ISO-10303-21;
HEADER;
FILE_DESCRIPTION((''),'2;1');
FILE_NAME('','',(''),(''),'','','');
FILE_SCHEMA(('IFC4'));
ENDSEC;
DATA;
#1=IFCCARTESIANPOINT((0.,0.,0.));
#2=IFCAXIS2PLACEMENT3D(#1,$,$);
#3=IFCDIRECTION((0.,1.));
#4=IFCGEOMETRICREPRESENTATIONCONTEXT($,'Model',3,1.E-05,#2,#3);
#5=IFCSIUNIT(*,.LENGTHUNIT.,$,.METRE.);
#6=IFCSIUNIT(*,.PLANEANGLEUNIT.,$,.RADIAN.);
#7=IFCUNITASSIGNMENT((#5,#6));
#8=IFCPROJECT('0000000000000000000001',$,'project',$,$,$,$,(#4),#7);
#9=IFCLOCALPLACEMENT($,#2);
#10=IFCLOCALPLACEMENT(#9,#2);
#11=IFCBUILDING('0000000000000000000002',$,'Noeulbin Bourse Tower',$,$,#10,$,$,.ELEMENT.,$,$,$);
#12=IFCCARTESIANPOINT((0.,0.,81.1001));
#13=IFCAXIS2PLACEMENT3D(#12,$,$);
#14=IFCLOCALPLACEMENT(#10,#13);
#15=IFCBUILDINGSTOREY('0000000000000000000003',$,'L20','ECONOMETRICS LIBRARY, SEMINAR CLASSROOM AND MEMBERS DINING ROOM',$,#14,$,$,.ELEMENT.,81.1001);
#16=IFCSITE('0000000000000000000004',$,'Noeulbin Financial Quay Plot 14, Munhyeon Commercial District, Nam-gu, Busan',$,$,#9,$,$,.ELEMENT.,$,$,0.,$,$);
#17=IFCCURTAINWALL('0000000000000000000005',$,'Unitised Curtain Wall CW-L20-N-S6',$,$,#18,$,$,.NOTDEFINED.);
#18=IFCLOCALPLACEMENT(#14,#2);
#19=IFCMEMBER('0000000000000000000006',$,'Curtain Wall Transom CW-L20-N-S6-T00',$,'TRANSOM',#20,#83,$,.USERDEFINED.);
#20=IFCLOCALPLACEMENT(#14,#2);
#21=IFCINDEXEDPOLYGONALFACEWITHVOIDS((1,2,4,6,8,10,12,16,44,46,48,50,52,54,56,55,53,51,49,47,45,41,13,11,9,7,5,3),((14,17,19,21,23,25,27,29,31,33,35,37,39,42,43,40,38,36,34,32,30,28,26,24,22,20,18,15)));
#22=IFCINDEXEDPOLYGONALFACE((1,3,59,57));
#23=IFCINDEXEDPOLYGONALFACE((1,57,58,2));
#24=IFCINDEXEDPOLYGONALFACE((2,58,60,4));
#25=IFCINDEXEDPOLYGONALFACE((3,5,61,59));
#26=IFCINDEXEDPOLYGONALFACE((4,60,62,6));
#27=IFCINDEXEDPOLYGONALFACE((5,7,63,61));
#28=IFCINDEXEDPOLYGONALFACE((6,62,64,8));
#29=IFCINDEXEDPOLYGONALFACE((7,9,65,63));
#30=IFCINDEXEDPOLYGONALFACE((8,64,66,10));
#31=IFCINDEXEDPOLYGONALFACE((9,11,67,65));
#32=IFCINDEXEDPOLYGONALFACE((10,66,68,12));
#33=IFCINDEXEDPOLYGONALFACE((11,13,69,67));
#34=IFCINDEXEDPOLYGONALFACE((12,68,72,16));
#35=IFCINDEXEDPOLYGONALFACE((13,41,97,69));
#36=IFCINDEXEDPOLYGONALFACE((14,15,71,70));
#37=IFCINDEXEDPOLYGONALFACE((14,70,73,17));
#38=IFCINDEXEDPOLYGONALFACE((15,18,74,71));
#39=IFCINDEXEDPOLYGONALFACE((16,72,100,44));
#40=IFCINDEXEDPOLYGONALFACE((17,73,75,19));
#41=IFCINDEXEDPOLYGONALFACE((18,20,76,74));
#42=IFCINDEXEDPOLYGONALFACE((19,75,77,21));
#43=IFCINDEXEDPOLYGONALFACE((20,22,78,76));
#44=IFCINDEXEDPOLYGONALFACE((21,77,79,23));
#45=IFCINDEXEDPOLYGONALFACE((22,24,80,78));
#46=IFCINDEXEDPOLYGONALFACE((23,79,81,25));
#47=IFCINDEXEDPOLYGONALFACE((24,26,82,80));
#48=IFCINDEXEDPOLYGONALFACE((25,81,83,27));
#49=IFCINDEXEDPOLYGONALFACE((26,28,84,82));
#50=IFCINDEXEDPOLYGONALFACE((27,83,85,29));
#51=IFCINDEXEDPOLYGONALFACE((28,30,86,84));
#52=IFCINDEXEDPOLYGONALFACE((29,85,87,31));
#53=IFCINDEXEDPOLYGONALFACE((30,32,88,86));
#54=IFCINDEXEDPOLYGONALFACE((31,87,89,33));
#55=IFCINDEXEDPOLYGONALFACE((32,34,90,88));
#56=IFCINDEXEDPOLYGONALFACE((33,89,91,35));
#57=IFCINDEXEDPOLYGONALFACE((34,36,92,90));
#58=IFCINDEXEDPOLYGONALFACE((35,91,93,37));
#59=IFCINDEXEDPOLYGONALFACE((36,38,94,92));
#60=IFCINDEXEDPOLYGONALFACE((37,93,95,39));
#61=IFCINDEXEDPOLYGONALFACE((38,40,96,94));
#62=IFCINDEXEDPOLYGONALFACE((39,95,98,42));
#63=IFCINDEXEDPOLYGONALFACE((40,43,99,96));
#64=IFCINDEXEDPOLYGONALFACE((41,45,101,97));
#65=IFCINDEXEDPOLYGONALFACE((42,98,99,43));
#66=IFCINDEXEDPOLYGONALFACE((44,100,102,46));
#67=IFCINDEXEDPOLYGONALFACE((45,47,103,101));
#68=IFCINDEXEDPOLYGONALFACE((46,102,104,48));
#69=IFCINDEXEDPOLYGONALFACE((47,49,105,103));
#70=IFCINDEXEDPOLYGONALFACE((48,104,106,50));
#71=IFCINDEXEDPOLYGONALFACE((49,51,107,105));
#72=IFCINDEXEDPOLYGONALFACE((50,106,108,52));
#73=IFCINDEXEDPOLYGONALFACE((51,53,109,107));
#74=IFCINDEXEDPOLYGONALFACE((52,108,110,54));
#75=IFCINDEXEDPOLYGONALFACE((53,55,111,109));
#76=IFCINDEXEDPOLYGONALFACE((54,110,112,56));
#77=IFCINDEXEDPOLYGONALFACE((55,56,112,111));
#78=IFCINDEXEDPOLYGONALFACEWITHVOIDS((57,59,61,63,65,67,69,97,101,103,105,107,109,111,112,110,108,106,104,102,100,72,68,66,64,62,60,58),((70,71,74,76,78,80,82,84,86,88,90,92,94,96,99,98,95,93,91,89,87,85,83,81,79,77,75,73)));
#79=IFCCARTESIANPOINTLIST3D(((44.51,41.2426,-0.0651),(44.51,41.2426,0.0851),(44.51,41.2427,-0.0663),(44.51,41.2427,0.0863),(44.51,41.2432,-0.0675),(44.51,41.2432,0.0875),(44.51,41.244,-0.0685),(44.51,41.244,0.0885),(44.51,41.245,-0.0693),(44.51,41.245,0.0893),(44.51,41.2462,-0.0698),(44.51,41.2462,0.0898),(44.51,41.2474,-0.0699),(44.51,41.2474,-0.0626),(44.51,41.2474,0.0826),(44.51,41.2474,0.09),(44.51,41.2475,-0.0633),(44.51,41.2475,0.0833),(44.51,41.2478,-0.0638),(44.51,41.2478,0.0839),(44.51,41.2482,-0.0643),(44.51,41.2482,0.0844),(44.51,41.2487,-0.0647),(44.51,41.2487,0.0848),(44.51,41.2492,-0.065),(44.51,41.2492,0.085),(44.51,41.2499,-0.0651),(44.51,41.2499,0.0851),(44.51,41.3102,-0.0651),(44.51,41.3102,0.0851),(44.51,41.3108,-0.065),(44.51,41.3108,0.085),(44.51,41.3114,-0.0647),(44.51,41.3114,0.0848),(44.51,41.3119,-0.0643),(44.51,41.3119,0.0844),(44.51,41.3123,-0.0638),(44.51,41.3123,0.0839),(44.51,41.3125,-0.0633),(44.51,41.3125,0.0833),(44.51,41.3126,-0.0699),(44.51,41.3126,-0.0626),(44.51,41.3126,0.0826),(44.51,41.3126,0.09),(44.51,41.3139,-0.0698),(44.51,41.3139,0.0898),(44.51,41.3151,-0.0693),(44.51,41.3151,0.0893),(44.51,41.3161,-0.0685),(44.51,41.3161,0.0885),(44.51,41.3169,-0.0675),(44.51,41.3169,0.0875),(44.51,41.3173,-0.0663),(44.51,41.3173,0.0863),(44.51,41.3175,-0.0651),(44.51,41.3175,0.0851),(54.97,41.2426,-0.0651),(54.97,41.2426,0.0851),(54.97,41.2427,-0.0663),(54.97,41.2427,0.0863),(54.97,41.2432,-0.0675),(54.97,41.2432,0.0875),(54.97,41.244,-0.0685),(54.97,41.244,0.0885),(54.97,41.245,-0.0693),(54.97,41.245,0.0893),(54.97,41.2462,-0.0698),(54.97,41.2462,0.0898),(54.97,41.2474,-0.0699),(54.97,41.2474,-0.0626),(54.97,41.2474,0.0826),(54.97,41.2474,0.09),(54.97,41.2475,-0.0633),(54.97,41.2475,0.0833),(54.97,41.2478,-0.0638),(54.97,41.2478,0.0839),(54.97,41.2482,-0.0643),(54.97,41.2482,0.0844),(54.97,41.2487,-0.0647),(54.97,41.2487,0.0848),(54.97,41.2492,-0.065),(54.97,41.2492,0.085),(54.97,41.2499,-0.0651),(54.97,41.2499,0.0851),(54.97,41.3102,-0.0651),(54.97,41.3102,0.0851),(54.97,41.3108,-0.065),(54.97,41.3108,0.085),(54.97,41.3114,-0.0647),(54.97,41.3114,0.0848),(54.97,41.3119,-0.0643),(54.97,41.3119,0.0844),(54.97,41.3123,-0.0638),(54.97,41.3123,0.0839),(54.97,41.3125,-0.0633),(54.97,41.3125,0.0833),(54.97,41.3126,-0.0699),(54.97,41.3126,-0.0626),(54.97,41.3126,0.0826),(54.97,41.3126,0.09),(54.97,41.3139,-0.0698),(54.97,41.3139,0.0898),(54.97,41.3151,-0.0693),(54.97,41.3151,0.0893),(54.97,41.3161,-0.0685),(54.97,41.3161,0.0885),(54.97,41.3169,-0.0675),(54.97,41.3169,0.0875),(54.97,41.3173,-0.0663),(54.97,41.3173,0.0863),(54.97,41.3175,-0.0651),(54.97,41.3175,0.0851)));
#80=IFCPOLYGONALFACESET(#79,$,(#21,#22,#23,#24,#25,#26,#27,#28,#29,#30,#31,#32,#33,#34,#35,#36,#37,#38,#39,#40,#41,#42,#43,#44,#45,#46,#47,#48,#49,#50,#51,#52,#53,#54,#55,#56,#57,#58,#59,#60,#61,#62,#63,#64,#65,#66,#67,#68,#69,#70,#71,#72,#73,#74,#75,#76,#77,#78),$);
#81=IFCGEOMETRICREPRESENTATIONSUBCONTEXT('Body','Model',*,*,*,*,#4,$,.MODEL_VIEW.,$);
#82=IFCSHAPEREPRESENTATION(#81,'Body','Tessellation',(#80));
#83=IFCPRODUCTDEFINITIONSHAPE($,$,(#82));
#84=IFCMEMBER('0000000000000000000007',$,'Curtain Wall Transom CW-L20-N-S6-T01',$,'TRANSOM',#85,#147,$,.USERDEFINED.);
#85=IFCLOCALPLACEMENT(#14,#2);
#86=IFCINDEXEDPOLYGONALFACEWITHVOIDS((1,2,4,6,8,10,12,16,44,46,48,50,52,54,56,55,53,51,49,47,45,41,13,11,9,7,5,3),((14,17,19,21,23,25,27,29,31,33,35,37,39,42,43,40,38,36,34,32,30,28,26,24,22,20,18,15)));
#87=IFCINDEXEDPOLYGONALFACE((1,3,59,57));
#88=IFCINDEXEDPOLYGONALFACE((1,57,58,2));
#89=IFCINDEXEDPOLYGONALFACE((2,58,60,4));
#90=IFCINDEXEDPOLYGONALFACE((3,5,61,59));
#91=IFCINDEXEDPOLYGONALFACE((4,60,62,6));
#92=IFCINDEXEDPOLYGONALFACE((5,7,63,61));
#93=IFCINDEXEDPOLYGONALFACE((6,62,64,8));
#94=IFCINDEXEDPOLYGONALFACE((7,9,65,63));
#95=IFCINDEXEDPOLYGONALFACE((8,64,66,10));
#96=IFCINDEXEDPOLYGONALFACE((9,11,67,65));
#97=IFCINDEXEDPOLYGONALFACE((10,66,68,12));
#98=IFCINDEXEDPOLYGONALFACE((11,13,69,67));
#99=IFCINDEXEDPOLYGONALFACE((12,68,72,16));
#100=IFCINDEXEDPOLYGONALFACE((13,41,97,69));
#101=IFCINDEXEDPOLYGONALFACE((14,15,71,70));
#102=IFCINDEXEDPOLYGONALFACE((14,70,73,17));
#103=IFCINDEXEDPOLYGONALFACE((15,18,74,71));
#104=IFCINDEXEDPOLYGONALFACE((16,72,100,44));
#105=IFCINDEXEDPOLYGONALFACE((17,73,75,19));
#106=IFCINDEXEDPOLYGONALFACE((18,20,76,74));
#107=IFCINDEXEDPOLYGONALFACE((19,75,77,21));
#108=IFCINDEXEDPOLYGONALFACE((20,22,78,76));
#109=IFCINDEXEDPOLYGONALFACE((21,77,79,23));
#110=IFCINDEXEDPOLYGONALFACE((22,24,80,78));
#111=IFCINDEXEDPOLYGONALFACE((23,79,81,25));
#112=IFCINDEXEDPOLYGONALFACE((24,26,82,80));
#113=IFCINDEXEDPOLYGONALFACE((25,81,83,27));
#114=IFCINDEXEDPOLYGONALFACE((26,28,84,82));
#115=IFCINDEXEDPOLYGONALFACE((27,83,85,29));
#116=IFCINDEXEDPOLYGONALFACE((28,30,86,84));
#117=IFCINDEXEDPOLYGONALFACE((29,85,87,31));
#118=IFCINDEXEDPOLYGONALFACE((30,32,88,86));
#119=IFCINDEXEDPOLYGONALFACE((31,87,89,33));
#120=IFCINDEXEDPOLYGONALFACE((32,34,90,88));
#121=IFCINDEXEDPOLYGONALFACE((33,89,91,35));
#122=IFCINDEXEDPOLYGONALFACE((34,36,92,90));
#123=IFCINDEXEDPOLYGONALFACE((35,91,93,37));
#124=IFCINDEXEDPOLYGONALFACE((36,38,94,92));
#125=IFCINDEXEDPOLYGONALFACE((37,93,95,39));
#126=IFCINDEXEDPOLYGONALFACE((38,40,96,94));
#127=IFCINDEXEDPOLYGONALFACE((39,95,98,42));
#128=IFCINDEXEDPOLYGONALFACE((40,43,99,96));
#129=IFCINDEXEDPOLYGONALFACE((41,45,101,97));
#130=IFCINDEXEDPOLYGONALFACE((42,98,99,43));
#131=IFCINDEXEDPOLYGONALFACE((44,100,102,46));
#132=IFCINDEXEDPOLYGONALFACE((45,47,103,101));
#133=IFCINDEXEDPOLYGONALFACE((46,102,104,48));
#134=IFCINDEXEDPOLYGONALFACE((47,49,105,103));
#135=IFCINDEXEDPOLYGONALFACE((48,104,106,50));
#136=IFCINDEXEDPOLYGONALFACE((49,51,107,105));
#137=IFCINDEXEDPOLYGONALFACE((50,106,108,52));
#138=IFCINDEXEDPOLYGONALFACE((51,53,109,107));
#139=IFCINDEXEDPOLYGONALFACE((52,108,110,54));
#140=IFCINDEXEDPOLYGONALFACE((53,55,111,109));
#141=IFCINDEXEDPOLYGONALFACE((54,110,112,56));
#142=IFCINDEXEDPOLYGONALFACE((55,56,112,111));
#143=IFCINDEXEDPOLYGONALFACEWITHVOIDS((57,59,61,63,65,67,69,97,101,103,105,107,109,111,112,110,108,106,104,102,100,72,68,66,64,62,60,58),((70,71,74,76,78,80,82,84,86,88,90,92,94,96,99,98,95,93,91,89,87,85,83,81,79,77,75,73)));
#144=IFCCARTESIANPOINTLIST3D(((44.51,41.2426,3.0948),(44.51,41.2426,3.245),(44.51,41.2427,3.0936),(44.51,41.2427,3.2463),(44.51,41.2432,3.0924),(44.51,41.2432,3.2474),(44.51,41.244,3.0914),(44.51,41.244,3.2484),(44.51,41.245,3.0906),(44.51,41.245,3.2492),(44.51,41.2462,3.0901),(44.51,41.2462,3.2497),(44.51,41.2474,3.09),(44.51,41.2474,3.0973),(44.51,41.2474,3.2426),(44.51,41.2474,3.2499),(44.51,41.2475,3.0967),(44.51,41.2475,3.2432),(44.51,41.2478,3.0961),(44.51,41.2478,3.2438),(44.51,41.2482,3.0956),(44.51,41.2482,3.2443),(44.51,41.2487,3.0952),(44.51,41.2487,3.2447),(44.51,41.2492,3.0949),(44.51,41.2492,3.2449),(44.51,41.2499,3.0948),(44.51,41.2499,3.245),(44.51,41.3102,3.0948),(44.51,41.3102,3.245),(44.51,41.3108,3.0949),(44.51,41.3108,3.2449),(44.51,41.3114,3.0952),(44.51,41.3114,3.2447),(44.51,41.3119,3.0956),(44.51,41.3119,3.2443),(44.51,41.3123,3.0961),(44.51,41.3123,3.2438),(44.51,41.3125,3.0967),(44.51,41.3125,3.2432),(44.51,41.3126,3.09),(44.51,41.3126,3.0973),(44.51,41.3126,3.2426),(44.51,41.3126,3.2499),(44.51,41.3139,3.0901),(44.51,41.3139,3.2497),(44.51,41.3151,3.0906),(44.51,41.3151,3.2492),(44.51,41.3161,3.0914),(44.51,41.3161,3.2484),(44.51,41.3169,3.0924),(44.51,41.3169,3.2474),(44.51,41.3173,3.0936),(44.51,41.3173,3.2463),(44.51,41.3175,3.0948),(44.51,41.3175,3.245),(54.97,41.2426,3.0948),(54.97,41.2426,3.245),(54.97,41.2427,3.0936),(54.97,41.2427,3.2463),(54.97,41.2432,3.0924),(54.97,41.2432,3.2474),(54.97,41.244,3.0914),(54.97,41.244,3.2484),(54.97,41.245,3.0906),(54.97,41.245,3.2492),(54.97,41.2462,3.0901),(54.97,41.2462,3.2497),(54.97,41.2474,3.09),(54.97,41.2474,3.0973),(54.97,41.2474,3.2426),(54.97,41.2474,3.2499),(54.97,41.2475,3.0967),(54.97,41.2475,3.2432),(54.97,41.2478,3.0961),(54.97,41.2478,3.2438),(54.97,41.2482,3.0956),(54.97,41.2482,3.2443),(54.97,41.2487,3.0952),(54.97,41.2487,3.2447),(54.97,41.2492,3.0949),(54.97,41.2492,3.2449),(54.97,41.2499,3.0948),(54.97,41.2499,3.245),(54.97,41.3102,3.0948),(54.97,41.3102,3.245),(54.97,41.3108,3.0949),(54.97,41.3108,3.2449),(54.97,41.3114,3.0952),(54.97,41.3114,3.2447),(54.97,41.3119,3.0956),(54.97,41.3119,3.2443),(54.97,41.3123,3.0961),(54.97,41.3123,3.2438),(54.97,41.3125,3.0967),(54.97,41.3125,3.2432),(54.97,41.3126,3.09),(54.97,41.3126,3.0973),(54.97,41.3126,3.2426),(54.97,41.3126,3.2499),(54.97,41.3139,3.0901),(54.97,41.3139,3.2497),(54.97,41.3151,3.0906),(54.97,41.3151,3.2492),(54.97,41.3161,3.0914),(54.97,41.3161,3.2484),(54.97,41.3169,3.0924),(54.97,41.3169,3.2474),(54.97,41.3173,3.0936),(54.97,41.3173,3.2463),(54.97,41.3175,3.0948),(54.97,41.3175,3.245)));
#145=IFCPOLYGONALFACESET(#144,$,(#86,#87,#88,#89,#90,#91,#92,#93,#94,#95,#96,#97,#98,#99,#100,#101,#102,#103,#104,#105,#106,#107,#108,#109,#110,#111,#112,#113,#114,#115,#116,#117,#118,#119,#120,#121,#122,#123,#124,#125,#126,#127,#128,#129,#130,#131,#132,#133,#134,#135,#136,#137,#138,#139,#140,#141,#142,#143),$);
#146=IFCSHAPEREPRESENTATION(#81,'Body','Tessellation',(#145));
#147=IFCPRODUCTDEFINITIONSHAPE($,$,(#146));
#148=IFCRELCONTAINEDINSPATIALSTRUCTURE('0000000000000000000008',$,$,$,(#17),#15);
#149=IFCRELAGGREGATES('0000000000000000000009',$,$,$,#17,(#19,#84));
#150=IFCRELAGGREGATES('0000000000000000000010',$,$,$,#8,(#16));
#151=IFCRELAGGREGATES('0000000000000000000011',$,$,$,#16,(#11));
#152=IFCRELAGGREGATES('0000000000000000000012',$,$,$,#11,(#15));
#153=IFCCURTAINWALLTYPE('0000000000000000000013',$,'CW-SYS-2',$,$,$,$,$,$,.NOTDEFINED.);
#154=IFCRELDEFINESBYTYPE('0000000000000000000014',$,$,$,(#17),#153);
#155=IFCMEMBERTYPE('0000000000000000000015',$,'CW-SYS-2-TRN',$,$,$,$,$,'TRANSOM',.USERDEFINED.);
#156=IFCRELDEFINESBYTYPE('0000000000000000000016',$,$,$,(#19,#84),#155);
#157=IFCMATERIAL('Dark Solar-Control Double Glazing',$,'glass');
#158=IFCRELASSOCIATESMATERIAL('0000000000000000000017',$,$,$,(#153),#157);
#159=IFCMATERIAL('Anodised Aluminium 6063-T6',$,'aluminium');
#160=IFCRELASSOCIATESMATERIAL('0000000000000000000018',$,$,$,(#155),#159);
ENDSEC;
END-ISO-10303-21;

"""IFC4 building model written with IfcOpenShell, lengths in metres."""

from ifc_helpers import new_model, si_unit, direction, frame, origin, origin_2d, place, context, subcontext, project, spatial, hollow_rectangle, extrude, material, material_profile, profile_set, type_object, element, aggregate, save


model = new_model("IFC4")

# Units and contexts
model_context = context("Model", 3, precision=1e-05, world=origin(), true_north=direction((0.0, 1.0)))
body_context = subcontext(model_context, "Body", "Model", "MODEL_VIEW")
ifc_project = project(units=[si_unit("LENGTHUNIT", "METRE"), si_unit("PLANEANGLEUNIT", "RADIAN")], contexts=[model_context])

# Site, building, storey
site_placement = place(None, origin())
site = spatial("IfcSite", under=ifc_project, at=site_placement, Name="Noeulbin Financial Quay Plot 14, Munhyeon Commercial District, Nam-gu, Busan", CompositionType="ELEMENT", RefElevation=0.0)
building_placement = place(site_placement, origin())
building = spatial("IfcBuilding", under=site, at=building_placement, Name="Noeulbin Bourse Tower", CompositionType="ELEMENT")
storey_placement = place(building_placement, frame((0.0, 0.0, 81.1001)))
storey = spatial("IfcBuildingStorey", under=building, at=storey_placement, Name="L20", Description="ECONOMETRICS LIBRARY, SEMINAR CLASSROOM AND MEMBERS DINING ROOM", CompositionType="ELEMENT", Elevation=81.1001)

# Curtain wall
ifc_material_1 = material(Name="Dark Solar-Control Double Glazing", Category="glass")
curtain_wall_type = type_object("IfcCurtainWallType", Name="CW-SYS-2", PredefinedType="NOTDEFINED", material=ifc_material_1)
curtain_wall_1_placement = place(storey_placement, origin())
curtain_wall_1 = element("IfcCurtainWall", 1, at=curtain_wall_1_placement, inside=storey, type_object=curtain_wall_type, Name="Unitised Curtain Wall CW-L20-N-S6", PredefinedType="NOTDEFINED")
ifc_material_2 = material(Name="Anodised Aluminium 6063-T6", Category="aluminium")

# Members
ifc_material_profile_1 = material_profile(ifc_material_2, hollow_rectangle(XDim=0.075, YDim=0.1599, WallThickness=0.0049, InnerFilletRadius=0.0024, OuterFilletRadius=0.0049, at=origin_2d()), Name="ALU-TRAN-75x160x5", Category="LoadBearing")
ifc_profile_set_1 = profile_set([ifc_material_profile_1], Name="Anodised Aluminium 6063-T6")
member_type_1 = type_object("IfcMemberType", Name="CW-SYS-2-TRN", ElementType="TRANSOM", PredefinedType="USERDEFINED", material=ifc_profile_set_1)
member_1_placement = place(storey_placement, frame((44.51, 41.28, 0.01), z_axis=(1.0, 0.0, 0.0), x_axis=(0.0, 1.0, 0.0)))
member_1 = element("IfcMember", 2, at=member_1_placement, type_object=member_type_1, Name="Curtain Wall Transom CW-L20-N-S6-T00", ObjectType="TRANSOM", PredefinedType="USERDEFINED", context=body_context, shape_type="SweptSolid", body=[
    extrude(hollow_rectangle(XDim=0.075, YDim=0.1599, WallThickness=0.0049, InnerFilletRadius=0.0024, OuterFilletRadius=0.0049, at=origin_2d()), origin(), (0.0, 0.0, 1.0), 10.46),
])
member_2_placement = place(storey_placement, frame((44.51, 41.28, 3.1699), z_axis=(1.0, 0.0, 0.0), x_axis=(0.0, 1.0, 0.0)))
member_2 = element("IfcMember", 3, at=member_2_placement, type_object=member_type_1, Name="Curtain Wall Transom CW-L20-N-S6-T01", ObjectType="TRANSOM", PredefinedType="USERDEFINED", context=body_context, shape_type="SweptSolid", body=[
    extrude(hollow_rectangle(XDim=0.075, YDim=0.1599, WallThickness=0.0049, InnerFilletRadius=0.0024, OuterFilletRadius=0.0049, at=origin_2d()), origin(), (0.0, 0.0, 1.0), 10.46),
])

aggregate(curtain_wall_1, [member_1, member_2])

save(model, "model.ifc")
